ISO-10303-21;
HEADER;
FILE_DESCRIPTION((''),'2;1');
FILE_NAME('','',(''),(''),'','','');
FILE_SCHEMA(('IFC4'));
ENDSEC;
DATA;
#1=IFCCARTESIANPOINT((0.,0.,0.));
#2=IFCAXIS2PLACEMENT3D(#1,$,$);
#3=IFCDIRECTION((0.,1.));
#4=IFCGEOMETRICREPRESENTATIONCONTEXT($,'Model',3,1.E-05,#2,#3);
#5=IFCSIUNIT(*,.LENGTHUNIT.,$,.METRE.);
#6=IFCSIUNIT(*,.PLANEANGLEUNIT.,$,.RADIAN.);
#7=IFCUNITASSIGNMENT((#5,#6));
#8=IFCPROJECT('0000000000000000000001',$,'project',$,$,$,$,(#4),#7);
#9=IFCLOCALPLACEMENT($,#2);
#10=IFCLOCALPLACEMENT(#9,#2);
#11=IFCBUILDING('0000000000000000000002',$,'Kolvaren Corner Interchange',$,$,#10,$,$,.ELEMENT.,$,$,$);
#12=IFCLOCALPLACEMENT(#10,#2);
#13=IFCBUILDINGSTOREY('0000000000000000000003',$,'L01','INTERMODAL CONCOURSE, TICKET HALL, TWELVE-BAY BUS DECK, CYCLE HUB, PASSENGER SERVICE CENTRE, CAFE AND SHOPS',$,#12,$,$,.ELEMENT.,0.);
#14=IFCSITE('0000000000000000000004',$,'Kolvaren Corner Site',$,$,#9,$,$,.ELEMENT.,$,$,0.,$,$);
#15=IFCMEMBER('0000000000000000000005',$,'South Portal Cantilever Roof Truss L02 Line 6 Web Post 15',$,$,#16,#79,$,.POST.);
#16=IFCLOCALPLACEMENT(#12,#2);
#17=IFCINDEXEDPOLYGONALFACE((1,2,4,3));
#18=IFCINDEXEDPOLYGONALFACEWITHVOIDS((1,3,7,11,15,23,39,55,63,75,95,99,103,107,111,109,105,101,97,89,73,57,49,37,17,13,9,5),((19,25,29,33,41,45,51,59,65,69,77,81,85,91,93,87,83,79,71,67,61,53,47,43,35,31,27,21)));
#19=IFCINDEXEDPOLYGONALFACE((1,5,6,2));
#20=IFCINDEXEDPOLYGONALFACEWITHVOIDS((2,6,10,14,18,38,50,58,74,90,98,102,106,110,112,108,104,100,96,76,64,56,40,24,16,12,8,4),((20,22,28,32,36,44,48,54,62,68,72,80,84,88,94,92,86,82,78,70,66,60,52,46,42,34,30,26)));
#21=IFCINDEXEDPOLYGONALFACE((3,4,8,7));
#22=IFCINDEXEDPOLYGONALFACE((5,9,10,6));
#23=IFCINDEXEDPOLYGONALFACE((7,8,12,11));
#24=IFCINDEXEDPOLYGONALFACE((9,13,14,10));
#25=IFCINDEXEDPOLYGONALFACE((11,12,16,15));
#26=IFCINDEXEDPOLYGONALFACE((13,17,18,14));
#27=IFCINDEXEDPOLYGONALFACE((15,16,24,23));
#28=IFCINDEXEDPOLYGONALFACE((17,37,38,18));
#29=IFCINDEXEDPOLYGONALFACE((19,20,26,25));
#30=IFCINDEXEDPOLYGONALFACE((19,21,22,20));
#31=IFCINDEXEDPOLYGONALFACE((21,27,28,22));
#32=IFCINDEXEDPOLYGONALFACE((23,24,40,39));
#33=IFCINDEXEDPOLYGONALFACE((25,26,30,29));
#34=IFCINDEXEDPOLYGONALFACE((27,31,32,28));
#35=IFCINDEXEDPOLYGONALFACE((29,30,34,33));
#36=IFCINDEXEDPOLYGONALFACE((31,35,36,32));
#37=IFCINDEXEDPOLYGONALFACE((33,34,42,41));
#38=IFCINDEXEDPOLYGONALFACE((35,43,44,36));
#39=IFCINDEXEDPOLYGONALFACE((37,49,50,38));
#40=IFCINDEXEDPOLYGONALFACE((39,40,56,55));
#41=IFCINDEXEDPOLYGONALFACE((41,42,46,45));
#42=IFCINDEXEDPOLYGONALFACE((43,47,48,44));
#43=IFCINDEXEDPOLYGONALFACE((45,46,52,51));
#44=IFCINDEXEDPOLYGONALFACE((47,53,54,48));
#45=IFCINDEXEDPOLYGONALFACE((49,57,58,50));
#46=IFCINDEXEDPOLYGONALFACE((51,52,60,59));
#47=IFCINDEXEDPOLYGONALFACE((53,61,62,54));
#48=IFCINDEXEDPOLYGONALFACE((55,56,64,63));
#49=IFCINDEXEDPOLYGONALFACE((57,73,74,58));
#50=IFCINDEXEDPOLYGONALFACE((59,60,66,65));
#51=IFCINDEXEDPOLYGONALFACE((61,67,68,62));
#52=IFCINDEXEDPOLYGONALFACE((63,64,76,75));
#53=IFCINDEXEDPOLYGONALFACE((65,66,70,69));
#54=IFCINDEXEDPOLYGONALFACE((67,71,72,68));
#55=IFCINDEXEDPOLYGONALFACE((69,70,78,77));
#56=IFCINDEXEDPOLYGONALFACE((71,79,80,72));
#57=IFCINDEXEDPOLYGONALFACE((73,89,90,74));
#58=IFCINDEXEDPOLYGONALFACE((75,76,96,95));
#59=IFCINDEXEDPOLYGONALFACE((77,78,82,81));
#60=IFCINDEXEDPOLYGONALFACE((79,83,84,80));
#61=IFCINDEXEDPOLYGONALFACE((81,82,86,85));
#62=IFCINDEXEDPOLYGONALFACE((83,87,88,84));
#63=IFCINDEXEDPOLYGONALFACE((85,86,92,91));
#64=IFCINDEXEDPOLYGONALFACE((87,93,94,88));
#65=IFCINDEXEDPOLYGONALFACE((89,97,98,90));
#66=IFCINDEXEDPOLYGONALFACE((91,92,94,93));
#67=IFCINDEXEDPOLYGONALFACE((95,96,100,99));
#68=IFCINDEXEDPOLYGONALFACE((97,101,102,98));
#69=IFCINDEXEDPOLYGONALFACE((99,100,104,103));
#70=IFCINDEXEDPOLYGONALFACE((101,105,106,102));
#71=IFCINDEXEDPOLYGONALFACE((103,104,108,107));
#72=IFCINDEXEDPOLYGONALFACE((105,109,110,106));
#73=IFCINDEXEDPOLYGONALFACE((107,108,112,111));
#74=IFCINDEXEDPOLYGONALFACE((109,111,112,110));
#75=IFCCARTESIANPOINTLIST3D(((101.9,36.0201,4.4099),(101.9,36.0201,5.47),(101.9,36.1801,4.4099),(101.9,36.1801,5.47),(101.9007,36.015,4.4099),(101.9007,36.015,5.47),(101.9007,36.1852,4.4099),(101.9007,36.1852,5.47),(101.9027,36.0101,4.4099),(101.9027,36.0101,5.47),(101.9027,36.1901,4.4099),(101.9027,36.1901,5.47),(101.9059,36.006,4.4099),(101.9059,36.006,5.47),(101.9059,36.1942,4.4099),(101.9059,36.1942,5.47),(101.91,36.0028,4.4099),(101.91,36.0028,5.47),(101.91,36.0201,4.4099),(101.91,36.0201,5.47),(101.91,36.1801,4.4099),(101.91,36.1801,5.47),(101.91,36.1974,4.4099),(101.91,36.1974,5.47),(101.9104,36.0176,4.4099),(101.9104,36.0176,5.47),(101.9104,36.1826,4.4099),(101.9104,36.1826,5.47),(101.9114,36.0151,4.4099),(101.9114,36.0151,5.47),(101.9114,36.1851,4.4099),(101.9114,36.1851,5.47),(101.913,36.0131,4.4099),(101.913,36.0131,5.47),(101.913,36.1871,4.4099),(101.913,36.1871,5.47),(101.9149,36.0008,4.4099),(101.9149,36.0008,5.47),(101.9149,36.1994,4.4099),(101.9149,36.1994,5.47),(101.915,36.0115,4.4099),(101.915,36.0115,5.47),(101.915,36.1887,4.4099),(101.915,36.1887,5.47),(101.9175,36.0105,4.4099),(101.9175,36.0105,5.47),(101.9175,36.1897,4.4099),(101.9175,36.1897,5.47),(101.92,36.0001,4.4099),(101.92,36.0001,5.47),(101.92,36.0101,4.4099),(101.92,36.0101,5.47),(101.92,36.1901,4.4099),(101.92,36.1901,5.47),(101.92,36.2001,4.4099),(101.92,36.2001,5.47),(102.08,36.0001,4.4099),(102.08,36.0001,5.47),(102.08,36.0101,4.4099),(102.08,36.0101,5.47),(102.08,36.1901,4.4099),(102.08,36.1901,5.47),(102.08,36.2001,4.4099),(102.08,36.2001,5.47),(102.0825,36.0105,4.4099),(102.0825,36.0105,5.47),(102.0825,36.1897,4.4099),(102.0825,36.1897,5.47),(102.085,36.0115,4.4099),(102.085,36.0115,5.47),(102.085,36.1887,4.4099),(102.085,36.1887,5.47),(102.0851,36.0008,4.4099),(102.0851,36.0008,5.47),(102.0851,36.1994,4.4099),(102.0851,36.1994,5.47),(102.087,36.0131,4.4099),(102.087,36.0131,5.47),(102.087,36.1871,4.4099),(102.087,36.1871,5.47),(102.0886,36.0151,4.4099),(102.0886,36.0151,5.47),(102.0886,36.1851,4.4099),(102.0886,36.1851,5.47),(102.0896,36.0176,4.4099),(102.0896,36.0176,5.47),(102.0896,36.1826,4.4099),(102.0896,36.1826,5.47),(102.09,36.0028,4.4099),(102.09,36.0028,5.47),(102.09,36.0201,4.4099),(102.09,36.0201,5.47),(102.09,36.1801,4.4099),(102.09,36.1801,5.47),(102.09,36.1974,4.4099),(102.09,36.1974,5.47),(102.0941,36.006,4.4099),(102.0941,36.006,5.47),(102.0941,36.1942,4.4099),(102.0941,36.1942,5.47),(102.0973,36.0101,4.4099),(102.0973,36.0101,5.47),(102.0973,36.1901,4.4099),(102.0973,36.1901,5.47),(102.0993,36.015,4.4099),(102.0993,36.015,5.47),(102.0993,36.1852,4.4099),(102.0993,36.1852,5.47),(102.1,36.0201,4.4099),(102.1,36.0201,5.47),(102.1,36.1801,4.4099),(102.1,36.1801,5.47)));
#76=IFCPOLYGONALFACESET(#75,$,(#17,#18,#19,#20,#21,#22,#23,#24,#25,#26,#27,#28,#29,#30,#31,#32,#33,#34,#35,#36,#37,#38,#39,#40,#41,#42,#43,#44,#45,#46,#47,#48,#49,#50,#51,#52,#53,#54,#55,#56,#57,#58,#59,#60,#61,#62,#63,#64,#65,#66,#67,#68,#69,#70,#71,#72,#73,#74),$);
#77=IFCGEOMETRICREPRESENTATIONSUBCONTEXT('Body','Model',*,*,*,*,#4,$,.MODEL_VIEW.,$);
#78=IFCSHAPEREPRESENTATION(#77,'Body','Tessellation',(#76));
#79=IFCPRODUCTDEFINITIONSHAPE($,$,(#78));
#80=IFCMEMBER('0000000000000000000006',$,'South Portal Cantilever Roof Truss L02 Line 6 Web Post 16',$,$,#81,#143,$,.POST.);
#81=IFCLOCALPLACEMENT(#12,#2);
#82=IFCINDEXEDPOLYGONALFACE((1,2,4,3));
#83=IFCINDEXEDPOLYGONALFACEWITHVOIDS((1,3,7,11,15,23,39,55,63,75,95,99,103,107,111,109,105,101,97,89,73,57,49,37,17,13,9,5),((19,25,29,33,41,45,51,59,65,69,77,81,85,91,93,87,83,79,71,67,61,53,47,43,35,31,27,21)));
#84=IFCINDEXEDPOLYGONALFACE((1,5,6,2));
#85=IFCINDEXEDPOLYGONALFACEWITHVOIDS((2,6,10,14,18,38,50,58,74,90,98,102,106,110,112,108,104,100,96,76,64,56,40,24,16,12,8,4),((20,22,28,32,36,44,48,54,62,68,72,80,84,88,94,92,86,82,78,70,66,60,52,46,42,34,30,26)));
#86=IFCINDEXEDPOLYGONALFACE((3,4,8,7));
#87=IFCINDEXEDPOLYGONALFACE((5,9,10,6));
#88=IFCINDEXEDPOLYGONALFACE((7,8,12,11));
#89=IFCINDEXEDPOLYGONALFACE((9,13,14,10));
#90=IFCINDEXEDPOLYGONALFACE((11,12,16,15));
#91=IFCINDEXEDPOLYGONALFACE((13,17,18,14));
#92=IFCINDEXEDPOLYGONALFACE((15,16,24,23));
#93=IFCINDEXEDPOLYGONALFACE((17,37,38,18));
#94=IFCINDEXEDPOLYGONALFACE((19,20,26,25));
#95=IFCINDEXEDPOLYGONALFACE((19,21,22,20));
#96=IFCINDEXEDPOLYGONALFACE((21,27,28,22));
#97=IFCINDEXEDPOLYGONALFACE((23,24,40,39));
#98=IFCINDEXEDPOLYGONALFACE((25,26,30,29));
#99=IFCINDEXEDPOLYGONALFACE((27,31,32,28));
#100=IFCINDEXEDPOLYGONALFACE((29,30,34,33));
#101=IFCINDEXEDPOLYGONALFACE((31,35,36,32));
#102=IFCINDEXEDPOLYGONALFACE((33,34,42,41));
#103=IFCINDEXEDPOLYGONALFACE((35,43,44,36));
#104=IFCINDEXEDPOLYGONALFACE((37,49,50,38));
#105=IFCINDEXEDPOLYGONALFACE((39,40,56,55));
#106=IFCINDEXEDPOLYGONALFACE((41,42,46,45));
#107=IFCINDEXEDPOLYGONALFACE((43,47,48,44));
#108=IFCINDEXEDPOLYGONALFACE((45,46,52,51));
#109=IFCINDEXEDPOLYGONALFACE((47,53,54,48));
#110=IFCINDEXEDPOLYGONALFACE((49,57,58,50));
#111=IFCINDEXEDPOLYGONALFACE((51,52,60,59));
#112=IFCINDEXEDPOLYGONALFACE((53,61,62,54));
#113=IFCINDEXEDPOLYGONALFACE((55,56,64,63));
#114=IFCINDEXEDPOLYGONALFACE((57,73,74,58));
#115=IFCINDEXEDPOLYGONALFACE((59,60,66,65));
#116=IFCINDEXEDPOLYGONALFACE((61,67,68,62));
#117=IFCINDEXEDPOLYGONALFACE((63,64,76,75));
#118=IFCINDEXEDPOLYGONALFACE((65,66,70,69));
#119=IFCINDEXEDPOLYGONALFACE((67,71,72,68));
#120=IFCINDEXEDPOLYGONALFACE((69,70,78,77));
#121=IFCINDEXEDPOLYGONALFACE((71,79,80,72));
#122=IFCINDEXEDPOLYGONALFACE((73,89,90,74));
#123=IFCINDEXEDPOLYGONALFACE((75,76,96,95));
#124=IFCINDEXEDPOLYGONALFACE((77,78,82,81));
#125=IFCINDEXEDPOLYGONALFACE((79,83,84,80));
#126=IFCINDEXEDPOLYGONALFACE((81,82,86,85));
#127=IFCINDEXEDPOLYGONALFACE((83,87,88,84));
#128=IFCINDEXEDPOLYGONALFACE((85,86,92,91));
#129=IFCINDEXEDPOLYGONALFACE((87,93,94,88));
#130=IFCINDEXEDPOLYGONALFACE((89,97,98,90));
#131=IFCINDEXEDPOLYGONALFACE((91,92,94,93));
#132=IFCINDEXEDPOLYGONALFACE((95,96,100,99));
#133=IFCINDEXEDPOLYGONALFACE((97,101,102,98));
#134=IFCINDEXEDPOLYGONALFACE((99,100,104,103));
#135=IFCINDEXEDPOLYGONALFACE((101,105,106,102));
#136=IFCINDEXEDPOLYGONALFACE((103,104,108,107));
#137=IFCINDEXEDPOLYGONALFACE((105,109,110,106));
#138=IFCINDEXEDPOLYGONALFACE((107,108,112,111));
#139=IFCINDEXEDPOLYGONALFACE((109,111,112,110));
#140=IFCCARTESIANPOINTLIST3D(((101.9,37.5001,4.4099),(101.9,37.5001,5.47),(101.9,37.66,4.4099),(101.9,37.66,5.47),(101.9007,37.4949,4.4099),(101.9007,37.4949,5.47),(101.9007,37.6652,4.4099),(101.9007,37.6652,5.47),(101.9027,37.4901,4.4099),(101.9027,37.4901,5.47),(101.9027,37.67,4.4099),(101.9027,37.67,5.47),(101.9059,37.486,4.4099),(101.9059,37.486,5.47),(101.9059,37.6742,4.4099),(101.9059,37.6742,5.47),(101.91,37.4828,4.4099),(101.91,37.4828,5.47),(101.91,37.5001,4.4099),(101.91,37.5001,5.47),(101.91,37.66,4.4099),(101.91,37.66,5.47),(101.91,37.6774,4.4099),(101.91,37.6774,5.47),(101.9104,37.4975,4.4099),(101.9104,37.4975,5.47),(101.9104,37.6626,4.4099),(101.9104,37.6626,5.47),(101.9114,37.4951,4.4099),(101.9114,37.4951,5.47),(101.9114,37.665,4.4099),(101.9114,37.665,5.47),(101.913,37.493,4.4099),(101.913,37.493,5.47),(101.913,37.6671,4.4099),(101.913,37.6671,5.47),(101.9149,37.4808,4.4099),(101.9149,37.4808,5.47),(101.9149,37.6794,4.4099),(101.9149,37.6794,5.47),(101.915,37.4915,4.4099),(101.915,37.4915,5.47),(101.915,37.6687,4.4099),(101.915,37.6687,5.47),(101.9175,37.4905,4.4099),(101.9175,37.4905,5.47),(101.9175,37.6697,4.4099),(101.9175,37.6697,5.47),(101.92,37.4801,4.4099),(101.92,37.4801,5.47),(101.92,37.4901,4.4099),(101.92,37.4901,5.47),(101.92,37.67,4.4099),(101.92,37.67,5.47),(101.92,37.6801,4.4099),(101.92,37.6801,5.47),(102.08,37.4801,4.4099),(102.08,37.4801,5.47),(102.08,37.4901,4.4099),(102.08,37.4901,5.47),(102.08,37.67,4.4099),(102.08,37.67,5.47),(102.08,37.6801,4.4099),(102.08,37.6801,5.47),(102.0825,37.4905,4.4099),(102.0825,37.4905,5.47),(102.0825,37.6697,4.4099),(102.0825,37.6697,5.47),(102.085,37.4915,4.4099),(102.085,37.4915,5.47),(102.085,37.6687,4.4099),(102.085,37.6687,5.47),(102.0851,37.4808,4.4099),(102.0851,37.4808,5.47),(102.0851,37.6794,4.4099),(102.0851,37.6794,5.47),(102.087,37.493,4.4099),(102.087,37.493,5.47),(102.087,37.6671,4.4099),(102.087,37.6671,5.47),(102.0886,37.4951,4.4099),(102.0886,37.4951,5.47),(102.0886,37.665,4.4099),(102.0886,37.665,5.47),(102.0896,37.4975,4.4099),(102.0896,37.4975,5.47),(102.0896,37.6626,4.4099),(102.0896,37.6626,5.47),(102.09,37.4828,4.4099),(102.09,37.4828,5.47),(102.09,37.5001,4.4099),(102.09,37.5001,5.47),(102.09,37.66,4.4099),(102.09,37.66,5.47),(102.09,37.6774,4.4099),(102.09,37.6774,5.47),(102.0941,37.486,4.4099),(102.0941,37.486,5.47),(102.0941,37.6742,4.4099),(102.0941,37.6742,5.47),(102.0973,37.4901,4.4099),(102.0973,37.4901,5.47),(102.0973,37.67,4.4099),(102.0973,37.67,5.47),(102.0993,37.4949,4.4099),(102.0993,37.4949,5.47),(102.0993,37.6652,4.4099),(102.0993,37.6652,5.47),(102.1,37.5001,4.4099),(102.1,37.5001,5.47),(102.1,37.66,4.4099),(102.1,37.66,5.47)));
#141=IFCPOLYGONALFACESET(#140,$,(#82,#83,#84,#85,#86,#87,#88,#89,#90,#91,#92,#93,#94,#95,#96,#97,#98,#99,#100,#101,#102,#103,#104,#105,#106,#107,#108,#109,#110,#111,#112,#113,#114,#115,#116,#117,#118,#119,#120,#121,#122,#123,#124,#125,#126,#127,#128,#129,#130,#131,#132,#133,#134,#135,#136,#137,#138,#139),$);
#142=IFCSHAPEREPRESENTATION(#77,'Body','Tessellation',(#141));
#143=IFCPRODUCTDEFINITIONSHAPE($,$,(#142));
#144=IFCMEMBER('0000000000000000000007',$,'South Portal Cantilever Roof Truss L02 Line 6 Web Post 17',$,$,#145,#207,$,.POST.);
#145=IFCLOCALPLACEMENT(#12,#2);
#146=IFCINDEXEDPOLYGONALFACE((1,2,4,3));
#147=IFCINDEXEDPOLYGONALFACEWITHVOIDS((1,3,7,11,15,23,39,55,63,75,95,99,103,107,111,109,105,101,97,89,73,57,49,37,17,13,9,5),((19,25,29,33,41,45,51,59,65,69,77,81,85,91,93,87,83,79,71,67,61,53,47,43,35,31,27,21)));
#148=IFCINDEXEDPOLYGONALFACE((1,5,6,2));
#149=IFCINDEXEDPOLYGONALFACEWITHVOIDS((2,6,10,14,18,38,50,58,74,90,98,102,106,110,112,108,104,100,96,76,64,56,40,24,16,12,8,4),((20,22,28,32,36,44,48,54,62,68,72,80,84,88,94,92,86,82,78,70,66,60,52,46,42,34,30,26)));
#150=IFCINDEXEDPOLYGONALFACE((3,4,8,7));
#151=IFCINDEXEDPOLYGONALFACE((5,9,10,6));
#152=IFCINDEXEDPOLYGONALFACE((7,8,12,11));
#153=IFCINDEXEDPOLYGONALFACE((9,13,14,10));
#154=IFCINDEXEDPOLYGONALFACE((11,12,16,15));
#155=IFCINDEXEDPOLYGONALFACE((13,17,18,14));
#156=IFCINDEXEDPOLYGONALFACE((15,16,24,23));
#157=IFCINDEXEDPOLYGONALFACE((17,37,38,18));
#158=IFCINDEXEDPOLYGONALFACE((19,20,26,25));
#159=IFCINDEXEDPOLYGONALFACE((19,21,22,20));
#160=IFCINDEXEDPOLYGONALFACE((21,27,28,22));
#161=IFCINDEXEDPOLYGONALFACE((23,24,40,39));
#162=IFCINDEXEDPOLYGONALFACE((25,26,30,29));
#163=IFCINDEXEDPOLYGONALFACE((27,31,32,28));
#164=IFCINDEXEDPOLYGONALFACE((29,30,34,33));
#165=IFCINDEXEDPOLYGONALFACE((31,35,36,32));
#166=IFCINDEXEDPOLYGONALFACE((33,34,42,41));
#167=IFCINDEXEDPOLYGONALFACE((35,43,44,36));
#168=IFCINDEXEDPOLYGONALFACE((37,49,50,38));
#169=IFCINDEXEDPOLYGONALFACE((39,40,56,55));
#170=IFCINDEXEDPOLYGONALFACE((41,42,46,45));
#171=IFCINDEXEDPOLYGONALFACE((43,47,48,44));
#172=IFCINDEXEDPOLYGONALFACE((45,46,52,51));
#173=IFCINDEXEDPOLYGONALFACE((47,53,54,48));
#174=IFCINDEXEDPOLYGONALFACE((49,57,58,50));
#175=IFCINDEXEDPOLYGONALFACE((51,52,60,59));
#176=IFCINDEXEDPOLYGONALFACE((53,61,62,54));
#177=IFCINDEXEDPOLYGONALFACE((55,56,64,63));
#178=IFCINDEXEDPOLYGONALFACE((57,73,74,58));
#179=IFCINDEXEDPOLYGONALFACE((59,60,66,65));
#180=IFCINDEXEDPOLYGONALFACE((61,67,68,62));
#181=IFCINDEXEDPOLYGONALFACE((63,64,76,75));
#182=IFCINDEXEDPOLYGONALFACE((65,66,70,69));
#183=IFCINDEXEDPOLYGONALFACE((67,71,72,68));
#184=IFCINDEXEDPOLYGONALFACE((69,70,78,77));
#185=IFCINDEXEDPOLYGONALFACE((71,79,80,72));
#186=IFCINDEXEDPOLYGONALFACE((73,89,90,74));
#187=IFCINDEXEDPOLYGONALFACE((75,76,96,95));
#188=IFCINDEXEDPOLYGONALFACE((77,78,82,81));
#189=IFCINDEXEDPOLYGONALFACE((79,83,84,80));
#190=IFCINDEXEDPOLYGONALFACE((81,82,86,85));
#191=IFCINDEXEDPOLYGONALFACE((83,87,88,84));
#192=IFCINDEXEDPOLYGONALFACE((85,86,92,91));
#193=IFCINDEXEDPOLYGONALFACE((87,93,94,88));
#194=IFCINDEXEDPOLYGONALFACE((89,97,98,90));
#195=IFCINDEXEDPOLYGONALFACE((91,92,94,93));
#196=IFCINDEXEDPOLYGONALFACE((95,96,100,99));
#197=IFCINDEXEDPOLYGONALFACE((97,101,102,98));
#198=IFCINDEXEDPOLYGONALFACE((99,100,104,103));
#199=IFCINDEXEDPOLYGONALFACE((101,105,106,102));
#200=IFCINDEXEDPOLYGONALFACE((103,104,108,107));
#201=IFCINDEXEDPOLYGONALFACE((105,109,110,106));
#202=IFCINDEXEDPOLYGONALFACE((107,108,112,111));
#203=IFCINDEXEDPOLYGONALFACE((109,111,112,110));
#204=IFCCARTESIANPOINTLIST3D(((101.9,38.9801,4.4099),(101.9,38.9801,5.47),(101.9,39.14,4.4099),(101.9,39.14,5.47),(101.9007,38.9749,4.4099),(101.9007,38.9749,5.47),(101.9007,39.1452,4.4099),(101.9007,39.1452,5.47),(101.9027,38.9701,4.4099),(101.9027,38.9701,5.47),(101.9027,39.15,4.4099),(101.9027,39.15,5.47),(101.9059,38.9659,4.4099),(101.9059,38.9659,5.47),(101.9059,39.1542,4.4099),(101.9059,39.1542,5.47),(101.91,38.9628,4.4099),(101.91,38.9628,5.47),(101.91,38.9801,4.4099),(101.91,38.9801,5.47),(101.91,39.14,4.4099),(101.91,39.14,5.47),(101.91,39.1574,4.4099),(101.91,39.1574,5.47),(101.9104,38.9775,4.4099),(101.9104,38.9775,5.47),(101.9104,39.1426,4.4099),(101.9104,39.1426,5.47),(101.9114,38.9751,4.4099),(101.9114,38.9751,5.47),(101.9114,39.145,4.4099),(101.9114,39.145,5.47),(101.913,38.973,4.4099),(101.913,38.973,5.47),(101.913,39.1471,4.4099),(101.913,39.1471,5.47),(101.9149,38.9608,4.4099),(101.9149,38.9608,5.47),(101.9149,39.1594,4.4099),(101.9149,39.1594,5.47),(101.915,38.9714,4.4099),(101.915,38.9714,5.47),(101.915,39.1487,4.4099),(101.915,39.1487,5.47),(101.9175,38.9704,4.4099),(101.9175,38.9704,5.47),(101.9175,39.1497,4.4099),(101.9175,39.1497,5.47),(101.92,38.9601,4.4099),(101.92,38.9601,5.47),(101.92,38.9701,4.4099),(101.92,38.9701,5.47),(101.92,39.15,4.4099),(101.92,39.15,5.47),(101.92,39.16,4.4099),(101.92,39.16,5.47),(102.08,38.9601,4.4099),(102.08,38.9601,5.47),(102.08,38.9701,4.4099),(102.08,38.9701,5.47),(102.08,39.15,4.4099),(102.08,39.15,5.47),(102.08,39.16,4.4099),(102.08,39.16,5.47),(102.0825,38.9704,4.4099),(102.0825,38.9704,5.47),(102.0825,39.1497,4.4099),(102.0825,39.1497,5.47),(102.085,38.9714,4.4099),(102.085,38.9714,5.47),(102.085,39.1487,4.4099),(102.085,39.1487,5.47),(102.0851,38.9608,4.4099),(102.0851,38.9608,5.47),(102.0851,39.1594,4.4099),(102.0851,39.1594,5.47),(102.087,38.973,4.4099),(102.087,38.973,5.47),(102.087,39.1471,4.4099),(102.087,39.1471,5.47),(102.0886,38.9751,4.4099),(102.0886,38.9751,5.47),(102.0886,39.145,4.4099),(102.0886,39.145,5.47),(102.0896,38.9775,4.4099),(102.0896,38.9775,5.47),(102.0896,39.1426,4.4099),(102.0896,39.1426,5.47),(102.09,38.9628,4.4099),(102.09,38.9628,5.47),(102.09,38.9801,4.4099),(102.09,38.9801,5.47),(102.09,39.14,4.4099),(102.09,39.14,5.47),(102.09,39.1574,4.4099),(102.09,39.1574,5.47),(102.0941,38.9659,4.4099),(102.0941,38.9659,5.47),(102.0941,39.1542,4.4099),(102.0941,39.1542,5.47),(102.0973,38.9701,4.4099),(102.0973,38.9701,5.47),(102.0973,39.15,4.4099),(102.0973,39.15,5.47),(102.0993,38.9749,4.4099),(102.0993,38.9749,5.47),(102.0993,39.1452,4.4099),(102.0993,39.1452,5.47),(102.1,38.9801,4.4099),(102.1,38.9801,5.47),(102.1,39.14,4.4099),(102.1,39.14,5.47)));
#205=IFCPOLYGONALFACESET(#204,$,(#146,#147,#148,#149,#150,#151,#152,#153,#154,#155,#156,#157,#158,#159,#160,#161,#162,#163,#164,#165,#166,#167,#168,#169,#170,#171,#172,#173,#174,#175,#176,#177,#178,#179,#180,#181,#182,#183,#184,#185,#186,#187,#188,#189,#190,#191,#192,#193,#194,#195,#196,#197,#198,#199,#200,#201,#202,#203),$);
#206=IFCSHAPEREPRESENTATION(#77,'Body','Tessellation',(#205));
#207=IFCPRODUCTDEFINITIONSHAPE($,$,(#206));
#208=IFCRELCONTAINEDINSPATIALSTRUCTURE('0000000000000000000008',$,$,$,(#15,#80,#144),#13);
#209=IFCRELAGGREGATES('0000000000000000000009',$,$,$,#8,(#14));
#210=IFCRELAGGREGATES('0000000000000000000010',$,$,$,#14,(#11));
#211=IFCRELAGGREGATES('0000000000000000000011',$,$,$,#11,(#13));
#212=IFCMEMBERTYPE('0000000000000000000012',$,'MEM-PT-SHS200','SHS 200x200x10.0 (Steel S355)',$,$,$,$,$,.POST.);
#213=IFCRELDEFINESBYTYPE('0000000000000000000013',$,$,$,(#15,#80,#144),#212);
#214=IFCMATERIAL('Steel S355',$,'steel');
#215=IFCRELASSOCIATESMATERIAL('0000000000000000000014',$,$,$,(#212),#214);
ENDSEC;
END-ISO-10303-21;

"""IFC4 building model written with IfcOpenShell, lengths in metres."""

from ifc_helpers import new_model, si_unit, direction, frame, origin, origin_2d, place, context, subcontext, project, spatial, hollow_rectangle, extrude, material, material_profile, profile_set, type_object, element, save


model = new_model("IFC4")

# Units and contexts
model_context = context("Model", 3, precision=1e-05, world=origin(), true_north=direction((0.0, 1.0)))
body_context = subcontext(model_context, "Body", "Model", "MODEL_VIEW")
ifc_project = project(units=[si_unit("LENGTHUNIT", "METRE"), si_unit("PLANEANGLEUNIT", "RADIAN")], contexts=[model_context])

# Site, building, storey
site_placement = place(None, origin())
site = spatial("IfcSite", under=ifc_project, at=site_placement, Name="Kolvaren Corner Site", CompositionType="ELEMENT", RefElevation=0.0)
building_placement = place(site_placement, origin())
building = spatial("IfcBuilding", under=site, at=building_placement, Name="Kolvaren Corner Interchange", CompositionType="ELEMENT")
storey_placement = place(building_placement, origin())
storey = spatial("IfcBuildingStorey", under=building, at=storey_placement, Name="L01", Description="INTERMODAL CONCOURSE, TICKET HALL, TWELVE-BAY BUS DECK, CYCLE HUB, PASSENGER SERVICE CENTRE, CAFE AND SHOPS", CompositionType="ELEMENT", Elevation=0.0)

# Members
ifc_material_1 = material(Name="Steel S355", Category="steel")
ifc_material_profile_1 = material_profile(ifc_material_1, hollow_rectangle(XDim=0.2, YDim=0.2, WallThickness=0.01, InnerFilletRadius=0.01, OuterFilletRadius=0.02, at=origin_2d()), Name="SHS 200x200x10.0")
ifc_profile_set_1 = profile_set([ifc_material_profile_1], Name="Steel S355")
member_type_1 = type_object("IfcMemberType", Name="MEM-PT-SHS200", Description="SHS 200x200x10.0 (Steel S355)", PredefinedType="POST", material=ifc_profile_set_1)
for number, where, z_axis, x_axis, name in (
    (1, (102.0, 36.1001, 4.4099), (0.0, 0.0, 1.0), (1.0, 0.0, 0.0), "South Portal Cantilever Roof Truss L02 Line 6 Web Post 15"),
    (2, (102.0, 37.5801, 4.4099), (0.0, 0.0, 1.0), (1.0, 0.0, 0.0), "South Portal Cantilever Roof Truss L02 Line 6 Web Post 16"),
    (3, (102.0, 39.0601, 4.4099), (0.0, 0.0, 1.0), (1.0, 0.0, 0.0), "South Portal Cantilever Roof Truss L02 Line 6 Web Post 17"),
):
    element("IfcMember", number, at=place(storey_placement, frame(where, z_axis=z_axis, x_axis=x_axis)), inside=storey, type_object=member_type_1, Name=name, PredefinedType="POST", context=body_context, shape_type="SweptSolid", body=[
        extrude(hollow_rectangle(XDim=0.2, YDim=0.2, WallThickness=0.01, InnerFilletRadius=0.01, OuterFilletRadius=0.02, at=origin_2d()), origin(), (0.0, 0.0, 1.0), 1.0601),
    ])

save(model, "model.ifc")
